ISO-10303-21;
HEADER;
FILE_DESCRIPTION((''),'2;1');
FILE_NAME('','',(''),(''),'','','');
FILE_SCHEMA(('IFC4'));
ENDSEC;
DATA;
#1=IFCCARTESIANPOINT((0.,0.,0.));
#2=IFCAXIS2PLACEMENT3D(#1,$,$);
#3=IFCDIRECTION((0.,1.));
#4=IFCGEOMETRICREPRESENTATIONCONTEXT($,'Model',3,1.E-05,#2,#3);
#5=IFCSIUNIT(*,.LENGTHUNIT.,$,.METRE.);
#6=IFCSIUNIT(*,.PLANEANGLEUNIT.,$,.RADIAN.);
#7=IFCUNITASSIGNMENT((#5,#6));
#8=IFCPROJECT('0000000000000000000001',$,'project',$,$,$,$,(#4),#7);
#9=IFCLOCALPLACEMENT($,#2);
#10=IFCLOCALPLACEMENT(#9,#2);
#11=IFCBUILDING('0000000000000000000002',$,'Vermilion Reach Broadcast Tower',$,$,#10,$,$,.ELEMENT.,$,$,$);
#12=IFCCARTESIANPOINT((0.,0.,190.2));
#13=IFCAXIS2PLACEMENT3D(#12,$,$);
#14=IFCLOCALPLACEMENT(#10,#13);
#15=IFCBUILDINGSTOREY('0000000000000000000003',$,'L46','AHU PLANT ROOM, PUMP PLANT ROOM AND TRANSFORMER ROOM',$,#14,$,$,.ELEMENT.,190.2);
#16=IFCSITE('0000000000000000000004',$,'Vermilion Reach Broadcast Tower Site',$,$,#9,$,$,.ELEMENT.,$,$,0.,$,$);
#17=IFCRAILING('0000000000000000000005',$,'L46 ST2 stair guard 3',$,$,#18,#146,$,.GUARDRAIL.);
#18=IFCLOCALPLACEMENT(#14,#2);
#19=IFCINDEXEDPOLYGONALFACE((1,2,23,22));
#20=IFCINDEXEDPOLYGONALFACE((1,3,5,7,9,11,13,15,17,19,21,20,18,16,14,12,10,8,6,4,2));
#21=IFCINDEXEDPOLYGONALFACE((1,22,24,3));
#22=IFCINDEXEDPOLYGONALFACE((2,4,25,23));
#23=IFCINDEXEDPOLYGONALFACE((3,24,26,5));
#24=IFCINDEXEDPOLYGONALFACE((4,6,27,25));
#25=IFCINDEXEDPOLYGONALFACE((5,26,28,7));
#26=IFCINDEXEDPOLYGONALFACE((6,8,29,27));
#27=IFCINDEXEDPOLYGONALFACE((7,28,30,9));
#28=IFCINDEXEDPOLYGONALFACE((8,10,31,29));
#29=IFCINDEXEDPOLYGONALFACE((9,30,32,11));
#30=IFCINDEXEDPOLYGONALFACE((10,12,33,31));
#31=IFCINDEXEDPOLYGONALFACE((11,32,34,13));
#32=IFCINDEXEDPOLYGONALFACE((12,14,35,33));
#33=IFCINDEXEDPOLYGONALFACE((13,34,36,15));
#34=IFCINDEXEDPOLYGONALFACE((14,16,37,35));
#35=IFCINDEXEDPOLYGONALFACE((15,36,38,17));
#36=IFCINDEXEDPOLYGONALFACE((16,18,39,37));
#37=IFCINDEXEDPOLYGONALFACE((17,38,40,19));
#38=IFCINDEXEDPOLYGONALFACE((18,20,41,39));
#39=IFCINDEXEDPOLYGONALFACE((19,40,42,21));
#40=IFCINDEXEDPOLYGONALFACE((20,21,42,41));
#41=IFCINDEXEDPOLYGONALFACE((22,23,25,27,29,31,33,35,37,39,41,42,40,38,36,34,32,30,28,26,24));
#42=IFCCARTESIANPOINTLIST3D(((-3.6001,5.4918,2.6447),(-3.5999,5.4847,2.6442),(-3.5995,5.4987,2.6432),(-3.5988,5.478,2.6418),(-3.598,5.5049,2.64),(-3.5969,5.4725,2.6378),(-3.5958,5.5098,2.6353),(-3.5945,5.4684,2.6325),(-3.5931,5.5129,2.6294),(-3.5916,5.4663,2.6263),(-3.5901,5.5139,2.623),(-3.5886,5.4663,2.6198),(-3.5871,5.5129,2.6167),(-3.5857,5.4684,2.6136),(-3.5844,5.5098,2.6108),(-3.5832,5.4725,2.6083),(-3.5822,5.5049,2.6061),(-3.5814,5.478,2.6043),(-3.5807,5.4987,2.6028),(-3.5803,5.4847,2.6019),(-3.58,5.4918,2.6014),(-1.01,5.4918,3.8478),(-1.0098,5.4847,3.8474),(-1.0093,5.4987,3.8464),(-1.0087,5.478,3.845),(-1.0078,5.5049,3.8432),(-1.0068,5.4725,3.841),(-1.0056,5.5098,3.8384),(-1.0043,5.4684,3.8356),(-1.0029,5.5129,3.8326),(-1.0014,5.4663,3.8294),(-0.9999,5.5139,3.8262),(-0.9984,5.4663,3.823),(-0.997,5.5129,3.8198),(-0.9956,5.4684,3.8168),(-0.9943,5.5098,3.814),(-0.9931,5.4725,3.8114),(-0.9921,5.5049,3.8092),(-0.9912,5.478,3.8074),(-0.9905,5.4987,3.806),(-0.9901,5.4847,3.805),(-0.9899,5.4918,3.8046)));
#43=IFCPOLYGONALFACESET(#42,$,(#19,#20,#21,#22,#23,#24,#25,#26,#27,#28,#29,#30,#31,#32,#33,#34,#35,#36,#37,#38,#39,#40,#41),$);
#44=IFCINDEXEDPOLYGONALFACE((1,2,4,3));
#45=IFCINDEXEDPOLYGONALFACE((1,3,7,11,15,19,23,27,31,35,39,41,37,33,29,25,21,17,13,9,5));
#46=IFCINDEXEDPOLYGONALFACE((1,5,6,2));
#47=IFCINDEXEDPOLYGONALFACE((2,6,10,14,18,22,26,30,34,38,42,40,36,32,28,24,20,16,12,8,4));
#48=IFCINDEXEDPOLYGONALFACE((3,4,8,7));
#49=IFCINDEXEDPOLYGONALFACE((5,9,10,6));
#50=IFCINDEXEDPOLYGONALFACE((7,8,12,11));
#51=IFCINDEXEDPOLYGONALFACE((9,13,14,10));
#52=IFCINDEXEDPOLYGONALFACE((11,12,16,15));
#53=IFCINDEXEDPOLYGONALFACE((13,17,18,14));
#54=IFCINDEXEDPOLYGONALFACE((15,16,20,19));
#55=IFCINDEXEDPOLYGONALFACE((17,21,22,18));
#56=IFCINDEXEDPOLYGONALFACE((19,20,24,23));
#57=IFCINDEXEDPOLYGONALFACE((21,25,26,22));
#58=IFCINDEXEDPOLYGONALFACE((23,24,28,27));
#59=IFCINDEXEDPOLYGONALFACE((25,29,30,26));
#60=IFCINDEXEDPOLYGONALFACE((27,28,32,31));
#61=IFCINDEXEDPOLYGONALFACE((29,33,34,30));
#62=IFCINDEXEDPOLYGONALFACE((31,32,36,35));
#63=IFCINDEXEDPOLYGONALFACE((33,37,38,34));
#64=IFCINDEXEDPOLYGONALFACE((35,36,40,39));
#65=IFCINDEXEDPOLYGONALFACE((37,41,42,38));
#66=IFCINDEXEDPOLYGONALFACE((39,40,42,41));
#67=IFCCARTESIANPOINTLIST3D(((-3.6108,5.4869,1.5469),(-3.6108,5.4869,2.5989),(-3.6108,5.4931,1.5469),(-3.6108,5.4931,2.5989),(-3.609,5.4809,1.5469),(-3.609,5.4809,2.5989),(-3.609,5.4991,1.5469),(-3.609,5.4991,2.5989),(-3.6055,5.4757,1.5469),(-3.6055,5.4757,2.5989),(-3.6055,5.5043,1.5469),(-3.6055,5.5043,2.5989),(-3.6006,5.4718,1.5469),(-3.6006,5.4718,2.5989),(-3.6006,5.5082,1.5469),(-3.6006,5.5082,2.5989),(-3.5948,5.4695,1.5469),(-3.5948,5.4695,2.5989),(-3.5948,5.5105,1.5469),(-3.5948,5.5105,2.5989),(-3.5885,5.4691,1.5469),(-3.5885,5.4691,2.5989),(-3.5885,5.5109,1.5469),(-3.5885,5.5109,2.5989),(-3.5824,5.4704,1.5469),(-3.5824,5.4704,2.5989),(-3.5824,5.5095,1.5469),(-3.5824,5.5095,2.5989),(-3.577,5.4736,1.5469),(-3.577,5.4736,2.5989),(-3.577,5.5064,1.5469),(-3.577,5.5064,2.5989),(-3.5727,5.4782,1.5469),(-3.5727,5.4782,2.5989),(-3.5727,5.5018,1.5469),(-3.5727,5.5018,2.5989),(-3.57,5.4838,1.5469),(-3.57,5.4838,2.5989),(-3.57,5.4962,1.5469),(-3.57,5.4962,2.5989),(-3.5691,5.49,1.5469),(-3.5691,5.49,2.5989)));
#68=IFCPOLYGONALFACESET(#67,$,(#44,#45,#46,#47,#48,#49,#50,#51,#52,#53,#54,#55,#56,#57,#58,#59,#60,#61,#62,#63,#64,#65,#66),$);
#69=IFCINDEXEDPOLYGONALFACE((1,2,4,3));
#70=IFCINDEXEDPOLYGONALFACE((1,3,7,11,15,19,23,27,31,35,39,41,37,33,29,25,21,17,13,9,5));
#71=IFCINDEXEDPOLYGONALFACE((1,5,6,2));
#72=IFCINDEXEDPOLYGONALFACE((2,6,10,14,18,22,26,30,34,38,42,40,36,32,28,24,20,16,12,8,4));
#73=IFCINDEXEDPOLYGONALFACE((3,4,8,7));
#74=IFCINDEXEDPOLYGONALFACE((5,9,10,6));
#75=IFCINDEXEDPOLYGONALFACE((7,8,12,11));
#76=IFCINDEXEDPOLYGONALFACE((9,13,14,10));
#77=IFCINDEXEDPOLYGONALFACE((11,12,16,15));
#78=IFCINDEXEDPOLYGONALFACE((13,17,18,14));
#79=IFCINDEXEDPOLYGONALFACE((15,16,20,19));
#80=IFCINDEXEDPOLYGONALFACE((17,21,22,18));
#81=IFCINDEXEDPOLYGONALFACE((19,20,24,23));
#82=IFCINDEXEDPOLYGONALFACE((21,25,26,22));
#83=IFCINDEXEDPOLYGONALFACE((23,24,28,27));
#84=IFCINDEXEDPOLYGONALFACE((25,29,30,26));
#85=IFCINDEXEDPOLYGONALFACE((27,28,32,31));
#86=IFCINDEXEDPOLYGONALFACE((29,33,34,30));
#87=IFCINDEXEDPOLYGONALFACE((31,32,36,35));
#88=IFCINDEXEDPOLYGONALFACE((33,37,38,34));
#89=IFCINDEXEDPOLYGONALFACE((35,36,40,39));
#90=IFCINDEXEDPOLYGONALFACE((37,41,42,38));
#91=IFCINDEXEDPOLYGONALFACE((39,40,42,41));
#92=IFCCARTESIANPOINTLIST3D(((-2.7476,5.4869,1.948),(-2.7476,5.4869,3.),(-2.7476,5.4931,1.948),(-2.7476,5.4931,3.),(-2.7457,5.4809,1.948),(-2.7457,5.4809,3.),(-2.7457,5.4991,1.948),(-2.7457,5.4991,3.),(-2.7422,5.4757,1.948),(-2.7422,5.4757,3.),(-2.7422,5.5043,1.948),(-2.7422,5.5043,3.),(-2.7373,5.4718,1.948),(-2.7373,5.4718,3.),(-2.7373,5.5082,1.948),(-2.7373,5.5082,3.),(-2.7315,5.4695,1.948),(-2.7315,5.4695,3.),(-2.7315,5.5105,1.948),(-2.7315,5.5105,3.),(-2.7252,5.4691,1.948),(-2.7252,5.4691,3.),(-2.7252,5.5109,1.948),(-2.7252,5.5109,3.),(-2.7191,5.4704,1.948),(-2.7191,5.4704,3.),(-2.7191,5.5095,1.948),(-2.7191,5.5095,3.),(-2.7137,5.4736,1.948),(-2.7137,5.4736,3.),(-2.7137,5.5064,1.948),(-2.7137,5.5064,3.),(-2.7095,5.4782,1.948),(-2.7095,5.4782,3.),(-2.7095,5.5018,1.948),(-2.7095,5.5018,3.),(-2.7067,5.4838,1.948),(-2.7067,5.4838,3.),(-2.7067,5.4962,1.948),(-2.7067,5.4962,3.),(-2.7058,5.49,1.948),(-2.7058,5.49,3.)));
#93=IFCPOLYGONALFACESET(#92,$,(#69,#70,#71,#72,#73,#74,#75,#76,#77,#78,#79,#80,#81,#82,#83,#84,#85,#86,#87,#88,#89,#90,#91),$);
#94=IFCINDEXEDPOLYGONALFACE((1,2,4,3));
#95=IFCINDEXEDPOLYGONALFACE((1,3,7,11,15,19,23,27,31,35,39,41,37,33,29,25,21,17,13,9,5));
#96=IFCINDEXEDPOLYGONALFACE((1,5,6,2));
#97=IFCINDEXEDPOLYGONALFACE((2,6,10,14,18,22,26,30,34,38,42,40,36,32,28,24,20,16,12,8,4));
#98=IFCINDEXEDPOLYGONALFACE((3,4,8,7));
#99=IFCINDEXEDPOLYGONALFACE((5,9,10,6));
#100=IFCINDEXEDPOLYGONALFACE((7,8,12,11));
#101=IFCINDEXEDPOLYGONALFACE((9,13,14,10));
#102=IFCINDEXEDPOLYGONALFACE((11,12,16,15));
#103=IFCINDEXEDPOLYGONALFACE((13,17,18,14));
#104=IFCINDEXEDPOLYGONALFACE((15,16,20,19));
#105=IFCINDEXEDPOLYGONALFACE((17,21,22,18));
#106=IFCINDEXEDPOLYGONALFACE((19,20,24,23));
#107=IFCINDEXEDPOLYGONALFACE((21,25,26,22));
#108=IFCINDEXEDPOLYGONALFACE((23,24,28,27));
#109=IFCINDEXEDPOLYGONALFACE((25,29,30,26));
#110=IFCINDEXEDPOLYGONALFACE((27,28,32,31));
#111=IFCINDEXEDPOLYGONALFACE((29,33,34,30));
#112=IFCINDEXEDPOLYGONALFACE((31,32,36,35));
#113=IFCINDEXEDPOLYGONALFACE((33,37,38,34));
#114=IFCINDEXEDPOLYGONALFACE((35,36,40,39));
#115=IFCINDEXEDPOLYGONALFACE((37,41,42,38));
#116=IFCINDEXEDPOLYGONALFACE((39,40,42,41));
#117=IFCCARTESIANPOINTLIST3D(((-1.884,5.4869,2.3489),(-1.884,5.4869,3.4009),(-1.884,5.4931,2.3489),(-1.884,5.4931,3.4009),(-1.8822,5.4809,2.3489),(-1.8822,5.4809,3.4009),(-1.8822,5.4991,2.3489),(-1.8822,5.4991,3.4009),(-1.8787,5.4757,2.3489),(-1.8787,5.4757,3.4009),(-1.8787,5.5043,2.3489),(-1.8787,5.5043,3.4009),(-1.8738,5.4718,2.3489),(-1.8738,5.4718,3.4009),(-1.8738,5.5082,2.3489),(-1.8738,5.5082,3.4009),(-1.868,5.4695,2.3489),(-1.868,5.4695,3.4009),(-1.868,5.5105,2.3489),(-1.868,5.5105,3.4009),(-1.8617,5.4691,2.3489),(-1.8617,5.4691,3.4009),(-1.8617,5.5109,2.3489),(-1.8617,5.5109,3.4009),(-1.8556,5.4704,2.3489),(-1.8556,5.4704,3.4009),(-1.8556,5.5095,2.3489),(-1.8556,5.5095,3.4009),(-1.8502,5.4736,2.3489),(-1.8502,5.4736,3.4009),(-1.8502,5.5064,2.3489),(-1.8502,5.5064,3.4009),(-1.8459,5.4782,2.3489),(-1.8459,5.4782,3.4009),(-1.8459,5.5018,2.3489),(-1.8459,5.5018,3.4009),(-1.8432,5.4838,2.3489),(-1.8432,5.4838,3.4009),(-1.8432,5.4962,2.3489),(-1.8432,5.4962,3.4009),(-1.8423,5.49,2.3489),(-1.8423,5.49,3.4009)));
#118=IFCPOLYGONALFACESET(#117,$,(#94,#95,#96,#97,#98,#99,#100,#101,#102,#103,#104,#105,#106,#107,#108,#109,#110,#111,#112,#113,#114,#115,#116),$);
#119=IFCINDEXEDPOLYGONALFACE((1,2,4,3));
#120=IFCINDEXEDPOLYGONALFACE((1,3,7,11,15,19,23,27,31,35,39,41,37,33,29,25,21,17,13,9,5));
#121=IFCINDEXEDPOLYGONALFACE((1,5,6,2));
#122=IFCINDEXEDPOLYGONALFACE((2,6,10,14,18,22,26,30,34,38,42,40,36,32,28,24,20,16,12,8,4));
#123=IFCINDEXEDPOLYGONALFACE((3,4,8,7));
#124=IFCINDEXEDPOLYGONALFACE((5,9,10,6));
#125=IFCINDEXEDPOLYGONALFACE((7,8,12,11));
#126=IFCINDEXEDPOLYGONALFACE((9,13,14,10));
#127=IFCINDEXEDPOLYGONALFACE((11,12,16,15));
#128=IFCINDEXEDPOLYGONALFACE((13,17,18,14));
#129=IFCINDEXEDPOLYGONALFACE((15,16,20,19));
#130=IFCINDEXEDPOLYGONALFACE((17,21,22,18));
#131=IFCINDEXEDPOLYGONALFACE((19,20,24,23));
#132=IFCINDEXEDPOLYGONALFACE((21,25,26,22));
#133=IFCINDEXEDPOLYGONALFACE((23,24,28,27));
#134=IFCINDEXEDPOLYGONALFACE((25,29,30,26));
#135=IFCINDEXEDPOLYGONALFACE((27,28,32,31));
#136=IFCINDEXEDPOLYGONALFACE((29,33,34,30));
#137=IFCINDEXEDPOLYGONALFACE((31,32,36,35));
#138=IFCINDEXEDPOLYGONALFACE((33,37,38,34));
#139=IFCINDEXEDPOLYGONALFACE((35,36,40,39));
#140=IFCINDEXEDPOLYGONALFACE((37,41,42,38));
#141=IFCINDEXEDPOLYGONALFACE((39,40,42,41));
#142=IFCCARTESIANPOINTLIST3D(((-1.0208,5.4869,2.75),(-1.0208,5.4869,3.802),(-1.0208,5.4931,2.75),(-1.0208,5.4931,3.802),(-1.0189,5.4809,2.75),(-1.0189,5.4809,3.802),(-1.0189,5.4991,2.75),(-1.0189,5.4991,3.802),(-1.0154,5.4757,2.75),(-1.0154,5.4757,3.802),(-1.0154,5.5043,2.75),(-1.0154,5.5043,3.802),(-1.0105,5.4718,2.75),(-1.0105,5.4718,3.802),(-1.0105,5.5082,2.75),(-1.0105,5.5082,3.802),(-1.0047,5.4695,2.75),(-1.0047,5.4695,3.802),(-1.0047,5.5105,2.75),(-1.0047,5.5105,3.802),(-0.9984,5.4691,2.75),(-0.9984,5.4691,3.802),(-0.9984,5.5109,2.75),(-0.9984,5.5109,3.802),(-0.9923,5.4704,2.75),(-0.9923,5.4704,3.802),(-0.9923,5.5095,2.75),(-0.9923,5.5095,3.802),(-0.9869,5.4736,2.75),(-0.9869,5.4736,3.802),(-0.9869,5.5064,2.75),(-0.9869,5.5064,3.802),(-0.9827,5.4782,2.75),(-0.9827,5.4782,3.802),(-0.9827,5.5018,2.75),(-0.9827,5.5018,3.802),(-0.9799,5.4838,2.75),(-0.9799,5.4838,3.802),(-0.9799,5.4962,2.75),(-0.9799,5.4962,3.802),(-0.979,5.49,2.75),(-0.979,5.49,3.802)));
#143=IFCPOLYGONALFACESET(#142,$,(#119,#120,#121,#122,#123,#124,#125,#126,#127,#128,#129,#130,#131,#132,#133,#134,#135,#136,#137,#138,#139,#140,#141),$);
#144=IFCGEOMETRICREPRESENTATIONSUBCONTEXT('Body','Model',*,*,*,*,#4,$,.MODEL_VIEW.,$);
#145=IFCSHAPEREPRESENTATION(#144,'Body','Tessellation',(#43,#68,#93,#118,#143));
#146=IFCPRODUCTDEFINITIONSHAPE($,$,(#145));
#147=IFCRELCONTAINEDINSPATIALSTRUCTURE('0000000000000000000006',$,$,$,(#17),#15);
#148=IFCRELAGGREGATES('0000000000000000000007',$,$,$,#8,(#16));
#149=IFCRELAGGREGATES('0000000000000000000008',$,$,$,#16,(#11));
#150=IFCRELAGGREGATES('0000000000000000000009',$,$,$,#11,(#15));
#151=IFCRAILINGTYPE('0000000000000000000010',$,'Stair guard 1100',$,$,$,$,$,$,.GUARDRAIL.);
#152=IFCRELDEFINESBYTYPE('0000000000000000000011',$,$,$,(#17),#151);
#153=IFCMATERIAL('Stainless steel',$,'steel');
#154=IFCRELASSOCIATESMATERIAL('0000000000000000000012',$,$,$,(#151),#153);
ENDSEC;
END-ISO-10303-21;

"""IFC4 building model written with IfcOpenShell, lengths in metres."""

from ifc_helpers import new_model, si_unit, direction, frame, origin, origin_2d, place, context, subcontext, project, spatial, circle, extrude, material, type_object, element, save


model = new_model("IFC4")

# Units and contexts
model_context = context("Model", 3, precision=1e-05, world=origin(), true_north=direction((0.0, 1.0)))
body_context = subcontext(model_context, "Body", "Model", "MODEL_VIEW")
ifc_project = project(units=[si_unit("LENGTHUNIT", "METRE"), si_unit("PLANEANGLEUNIT", "RADIAN")], contexts=[model_context])

# Site, building, storey
site_placement = place(None, origin())
site = spatial("IfcSite", under=ifc_project, at=site_placement, Name="Vermilion Reach Broadcast Tower Site", CompositionType="ELEMENT", RefElevation=0.0)
building_placement = place(site_placement, origin())
building = spatial("IfcBuilding", under=site, at=building_placement, Name="Vermilion Reach Broadcast Tower", CompositionType="ELEMENT")
storey_placement = place(building_placement, frame((0.0, 0.0, 190.2)))
storey = spatial("IfcBuildingStorey", under=building, at=storey_placement, Name="L46", Description="AHU PLANT ROOM, PUMP PLANT ROOM AND TRANSFORMER ROOM", CompositionType="ELEMENT", Elevation=190.2)

# Railing
ifc_material_1 = material(Name="Stainless steel", Category="steel")
railing_type_1 = type_object("IfcRailingType", Name="Stair guard 1100", PredefinedType="GUARDRAIL", material=ifc_material_1)
railing_1_placement = place(storey_placement, frame((-3.5901, 5.49, 1.5469)))
element("IfcRailing", 1, at=railing_1_placement, inside=storey, type_object=railing_type_1, Name="L46 ST2 stair guard 3", PredefinedType="GUARDRAIL", context=body_context, shape_type="SweptSolid", body=[
    extrude(circle(Radius=0.0239, at=origin_2d()), frame((0.0, 0.0, 1.0762), z_axis=(0.906931, 0.0, 0.42128), x_axis=(0.0, 1.0, 0.0)), (0.0, 0.0, 1.0), 2.856),
    extrude(circle(Radius=0.021, at=origin_2d()), origin(), (0.0, 0.0, 1.0), 1.052),
    extrude(circle(Radius=0.021, at=origin_2d()), frame((0.8633, 0.0, 0.4011)), (0.0, 0.0, 1.0), 1.052),
    extrude(circle(Radius=0.021, at=origin_2d()), frame((1.7268, 0.0, 0.802)), (0.0, 0.0, 1.0), 1.052),
    extrude(circle(Radius=0.021, at=origin_2d()), frame((2.5901, 0.0, 1.2031)), (0.0, 0.0, 1.0), 1.052),
])

save(model, "model.ifc")
